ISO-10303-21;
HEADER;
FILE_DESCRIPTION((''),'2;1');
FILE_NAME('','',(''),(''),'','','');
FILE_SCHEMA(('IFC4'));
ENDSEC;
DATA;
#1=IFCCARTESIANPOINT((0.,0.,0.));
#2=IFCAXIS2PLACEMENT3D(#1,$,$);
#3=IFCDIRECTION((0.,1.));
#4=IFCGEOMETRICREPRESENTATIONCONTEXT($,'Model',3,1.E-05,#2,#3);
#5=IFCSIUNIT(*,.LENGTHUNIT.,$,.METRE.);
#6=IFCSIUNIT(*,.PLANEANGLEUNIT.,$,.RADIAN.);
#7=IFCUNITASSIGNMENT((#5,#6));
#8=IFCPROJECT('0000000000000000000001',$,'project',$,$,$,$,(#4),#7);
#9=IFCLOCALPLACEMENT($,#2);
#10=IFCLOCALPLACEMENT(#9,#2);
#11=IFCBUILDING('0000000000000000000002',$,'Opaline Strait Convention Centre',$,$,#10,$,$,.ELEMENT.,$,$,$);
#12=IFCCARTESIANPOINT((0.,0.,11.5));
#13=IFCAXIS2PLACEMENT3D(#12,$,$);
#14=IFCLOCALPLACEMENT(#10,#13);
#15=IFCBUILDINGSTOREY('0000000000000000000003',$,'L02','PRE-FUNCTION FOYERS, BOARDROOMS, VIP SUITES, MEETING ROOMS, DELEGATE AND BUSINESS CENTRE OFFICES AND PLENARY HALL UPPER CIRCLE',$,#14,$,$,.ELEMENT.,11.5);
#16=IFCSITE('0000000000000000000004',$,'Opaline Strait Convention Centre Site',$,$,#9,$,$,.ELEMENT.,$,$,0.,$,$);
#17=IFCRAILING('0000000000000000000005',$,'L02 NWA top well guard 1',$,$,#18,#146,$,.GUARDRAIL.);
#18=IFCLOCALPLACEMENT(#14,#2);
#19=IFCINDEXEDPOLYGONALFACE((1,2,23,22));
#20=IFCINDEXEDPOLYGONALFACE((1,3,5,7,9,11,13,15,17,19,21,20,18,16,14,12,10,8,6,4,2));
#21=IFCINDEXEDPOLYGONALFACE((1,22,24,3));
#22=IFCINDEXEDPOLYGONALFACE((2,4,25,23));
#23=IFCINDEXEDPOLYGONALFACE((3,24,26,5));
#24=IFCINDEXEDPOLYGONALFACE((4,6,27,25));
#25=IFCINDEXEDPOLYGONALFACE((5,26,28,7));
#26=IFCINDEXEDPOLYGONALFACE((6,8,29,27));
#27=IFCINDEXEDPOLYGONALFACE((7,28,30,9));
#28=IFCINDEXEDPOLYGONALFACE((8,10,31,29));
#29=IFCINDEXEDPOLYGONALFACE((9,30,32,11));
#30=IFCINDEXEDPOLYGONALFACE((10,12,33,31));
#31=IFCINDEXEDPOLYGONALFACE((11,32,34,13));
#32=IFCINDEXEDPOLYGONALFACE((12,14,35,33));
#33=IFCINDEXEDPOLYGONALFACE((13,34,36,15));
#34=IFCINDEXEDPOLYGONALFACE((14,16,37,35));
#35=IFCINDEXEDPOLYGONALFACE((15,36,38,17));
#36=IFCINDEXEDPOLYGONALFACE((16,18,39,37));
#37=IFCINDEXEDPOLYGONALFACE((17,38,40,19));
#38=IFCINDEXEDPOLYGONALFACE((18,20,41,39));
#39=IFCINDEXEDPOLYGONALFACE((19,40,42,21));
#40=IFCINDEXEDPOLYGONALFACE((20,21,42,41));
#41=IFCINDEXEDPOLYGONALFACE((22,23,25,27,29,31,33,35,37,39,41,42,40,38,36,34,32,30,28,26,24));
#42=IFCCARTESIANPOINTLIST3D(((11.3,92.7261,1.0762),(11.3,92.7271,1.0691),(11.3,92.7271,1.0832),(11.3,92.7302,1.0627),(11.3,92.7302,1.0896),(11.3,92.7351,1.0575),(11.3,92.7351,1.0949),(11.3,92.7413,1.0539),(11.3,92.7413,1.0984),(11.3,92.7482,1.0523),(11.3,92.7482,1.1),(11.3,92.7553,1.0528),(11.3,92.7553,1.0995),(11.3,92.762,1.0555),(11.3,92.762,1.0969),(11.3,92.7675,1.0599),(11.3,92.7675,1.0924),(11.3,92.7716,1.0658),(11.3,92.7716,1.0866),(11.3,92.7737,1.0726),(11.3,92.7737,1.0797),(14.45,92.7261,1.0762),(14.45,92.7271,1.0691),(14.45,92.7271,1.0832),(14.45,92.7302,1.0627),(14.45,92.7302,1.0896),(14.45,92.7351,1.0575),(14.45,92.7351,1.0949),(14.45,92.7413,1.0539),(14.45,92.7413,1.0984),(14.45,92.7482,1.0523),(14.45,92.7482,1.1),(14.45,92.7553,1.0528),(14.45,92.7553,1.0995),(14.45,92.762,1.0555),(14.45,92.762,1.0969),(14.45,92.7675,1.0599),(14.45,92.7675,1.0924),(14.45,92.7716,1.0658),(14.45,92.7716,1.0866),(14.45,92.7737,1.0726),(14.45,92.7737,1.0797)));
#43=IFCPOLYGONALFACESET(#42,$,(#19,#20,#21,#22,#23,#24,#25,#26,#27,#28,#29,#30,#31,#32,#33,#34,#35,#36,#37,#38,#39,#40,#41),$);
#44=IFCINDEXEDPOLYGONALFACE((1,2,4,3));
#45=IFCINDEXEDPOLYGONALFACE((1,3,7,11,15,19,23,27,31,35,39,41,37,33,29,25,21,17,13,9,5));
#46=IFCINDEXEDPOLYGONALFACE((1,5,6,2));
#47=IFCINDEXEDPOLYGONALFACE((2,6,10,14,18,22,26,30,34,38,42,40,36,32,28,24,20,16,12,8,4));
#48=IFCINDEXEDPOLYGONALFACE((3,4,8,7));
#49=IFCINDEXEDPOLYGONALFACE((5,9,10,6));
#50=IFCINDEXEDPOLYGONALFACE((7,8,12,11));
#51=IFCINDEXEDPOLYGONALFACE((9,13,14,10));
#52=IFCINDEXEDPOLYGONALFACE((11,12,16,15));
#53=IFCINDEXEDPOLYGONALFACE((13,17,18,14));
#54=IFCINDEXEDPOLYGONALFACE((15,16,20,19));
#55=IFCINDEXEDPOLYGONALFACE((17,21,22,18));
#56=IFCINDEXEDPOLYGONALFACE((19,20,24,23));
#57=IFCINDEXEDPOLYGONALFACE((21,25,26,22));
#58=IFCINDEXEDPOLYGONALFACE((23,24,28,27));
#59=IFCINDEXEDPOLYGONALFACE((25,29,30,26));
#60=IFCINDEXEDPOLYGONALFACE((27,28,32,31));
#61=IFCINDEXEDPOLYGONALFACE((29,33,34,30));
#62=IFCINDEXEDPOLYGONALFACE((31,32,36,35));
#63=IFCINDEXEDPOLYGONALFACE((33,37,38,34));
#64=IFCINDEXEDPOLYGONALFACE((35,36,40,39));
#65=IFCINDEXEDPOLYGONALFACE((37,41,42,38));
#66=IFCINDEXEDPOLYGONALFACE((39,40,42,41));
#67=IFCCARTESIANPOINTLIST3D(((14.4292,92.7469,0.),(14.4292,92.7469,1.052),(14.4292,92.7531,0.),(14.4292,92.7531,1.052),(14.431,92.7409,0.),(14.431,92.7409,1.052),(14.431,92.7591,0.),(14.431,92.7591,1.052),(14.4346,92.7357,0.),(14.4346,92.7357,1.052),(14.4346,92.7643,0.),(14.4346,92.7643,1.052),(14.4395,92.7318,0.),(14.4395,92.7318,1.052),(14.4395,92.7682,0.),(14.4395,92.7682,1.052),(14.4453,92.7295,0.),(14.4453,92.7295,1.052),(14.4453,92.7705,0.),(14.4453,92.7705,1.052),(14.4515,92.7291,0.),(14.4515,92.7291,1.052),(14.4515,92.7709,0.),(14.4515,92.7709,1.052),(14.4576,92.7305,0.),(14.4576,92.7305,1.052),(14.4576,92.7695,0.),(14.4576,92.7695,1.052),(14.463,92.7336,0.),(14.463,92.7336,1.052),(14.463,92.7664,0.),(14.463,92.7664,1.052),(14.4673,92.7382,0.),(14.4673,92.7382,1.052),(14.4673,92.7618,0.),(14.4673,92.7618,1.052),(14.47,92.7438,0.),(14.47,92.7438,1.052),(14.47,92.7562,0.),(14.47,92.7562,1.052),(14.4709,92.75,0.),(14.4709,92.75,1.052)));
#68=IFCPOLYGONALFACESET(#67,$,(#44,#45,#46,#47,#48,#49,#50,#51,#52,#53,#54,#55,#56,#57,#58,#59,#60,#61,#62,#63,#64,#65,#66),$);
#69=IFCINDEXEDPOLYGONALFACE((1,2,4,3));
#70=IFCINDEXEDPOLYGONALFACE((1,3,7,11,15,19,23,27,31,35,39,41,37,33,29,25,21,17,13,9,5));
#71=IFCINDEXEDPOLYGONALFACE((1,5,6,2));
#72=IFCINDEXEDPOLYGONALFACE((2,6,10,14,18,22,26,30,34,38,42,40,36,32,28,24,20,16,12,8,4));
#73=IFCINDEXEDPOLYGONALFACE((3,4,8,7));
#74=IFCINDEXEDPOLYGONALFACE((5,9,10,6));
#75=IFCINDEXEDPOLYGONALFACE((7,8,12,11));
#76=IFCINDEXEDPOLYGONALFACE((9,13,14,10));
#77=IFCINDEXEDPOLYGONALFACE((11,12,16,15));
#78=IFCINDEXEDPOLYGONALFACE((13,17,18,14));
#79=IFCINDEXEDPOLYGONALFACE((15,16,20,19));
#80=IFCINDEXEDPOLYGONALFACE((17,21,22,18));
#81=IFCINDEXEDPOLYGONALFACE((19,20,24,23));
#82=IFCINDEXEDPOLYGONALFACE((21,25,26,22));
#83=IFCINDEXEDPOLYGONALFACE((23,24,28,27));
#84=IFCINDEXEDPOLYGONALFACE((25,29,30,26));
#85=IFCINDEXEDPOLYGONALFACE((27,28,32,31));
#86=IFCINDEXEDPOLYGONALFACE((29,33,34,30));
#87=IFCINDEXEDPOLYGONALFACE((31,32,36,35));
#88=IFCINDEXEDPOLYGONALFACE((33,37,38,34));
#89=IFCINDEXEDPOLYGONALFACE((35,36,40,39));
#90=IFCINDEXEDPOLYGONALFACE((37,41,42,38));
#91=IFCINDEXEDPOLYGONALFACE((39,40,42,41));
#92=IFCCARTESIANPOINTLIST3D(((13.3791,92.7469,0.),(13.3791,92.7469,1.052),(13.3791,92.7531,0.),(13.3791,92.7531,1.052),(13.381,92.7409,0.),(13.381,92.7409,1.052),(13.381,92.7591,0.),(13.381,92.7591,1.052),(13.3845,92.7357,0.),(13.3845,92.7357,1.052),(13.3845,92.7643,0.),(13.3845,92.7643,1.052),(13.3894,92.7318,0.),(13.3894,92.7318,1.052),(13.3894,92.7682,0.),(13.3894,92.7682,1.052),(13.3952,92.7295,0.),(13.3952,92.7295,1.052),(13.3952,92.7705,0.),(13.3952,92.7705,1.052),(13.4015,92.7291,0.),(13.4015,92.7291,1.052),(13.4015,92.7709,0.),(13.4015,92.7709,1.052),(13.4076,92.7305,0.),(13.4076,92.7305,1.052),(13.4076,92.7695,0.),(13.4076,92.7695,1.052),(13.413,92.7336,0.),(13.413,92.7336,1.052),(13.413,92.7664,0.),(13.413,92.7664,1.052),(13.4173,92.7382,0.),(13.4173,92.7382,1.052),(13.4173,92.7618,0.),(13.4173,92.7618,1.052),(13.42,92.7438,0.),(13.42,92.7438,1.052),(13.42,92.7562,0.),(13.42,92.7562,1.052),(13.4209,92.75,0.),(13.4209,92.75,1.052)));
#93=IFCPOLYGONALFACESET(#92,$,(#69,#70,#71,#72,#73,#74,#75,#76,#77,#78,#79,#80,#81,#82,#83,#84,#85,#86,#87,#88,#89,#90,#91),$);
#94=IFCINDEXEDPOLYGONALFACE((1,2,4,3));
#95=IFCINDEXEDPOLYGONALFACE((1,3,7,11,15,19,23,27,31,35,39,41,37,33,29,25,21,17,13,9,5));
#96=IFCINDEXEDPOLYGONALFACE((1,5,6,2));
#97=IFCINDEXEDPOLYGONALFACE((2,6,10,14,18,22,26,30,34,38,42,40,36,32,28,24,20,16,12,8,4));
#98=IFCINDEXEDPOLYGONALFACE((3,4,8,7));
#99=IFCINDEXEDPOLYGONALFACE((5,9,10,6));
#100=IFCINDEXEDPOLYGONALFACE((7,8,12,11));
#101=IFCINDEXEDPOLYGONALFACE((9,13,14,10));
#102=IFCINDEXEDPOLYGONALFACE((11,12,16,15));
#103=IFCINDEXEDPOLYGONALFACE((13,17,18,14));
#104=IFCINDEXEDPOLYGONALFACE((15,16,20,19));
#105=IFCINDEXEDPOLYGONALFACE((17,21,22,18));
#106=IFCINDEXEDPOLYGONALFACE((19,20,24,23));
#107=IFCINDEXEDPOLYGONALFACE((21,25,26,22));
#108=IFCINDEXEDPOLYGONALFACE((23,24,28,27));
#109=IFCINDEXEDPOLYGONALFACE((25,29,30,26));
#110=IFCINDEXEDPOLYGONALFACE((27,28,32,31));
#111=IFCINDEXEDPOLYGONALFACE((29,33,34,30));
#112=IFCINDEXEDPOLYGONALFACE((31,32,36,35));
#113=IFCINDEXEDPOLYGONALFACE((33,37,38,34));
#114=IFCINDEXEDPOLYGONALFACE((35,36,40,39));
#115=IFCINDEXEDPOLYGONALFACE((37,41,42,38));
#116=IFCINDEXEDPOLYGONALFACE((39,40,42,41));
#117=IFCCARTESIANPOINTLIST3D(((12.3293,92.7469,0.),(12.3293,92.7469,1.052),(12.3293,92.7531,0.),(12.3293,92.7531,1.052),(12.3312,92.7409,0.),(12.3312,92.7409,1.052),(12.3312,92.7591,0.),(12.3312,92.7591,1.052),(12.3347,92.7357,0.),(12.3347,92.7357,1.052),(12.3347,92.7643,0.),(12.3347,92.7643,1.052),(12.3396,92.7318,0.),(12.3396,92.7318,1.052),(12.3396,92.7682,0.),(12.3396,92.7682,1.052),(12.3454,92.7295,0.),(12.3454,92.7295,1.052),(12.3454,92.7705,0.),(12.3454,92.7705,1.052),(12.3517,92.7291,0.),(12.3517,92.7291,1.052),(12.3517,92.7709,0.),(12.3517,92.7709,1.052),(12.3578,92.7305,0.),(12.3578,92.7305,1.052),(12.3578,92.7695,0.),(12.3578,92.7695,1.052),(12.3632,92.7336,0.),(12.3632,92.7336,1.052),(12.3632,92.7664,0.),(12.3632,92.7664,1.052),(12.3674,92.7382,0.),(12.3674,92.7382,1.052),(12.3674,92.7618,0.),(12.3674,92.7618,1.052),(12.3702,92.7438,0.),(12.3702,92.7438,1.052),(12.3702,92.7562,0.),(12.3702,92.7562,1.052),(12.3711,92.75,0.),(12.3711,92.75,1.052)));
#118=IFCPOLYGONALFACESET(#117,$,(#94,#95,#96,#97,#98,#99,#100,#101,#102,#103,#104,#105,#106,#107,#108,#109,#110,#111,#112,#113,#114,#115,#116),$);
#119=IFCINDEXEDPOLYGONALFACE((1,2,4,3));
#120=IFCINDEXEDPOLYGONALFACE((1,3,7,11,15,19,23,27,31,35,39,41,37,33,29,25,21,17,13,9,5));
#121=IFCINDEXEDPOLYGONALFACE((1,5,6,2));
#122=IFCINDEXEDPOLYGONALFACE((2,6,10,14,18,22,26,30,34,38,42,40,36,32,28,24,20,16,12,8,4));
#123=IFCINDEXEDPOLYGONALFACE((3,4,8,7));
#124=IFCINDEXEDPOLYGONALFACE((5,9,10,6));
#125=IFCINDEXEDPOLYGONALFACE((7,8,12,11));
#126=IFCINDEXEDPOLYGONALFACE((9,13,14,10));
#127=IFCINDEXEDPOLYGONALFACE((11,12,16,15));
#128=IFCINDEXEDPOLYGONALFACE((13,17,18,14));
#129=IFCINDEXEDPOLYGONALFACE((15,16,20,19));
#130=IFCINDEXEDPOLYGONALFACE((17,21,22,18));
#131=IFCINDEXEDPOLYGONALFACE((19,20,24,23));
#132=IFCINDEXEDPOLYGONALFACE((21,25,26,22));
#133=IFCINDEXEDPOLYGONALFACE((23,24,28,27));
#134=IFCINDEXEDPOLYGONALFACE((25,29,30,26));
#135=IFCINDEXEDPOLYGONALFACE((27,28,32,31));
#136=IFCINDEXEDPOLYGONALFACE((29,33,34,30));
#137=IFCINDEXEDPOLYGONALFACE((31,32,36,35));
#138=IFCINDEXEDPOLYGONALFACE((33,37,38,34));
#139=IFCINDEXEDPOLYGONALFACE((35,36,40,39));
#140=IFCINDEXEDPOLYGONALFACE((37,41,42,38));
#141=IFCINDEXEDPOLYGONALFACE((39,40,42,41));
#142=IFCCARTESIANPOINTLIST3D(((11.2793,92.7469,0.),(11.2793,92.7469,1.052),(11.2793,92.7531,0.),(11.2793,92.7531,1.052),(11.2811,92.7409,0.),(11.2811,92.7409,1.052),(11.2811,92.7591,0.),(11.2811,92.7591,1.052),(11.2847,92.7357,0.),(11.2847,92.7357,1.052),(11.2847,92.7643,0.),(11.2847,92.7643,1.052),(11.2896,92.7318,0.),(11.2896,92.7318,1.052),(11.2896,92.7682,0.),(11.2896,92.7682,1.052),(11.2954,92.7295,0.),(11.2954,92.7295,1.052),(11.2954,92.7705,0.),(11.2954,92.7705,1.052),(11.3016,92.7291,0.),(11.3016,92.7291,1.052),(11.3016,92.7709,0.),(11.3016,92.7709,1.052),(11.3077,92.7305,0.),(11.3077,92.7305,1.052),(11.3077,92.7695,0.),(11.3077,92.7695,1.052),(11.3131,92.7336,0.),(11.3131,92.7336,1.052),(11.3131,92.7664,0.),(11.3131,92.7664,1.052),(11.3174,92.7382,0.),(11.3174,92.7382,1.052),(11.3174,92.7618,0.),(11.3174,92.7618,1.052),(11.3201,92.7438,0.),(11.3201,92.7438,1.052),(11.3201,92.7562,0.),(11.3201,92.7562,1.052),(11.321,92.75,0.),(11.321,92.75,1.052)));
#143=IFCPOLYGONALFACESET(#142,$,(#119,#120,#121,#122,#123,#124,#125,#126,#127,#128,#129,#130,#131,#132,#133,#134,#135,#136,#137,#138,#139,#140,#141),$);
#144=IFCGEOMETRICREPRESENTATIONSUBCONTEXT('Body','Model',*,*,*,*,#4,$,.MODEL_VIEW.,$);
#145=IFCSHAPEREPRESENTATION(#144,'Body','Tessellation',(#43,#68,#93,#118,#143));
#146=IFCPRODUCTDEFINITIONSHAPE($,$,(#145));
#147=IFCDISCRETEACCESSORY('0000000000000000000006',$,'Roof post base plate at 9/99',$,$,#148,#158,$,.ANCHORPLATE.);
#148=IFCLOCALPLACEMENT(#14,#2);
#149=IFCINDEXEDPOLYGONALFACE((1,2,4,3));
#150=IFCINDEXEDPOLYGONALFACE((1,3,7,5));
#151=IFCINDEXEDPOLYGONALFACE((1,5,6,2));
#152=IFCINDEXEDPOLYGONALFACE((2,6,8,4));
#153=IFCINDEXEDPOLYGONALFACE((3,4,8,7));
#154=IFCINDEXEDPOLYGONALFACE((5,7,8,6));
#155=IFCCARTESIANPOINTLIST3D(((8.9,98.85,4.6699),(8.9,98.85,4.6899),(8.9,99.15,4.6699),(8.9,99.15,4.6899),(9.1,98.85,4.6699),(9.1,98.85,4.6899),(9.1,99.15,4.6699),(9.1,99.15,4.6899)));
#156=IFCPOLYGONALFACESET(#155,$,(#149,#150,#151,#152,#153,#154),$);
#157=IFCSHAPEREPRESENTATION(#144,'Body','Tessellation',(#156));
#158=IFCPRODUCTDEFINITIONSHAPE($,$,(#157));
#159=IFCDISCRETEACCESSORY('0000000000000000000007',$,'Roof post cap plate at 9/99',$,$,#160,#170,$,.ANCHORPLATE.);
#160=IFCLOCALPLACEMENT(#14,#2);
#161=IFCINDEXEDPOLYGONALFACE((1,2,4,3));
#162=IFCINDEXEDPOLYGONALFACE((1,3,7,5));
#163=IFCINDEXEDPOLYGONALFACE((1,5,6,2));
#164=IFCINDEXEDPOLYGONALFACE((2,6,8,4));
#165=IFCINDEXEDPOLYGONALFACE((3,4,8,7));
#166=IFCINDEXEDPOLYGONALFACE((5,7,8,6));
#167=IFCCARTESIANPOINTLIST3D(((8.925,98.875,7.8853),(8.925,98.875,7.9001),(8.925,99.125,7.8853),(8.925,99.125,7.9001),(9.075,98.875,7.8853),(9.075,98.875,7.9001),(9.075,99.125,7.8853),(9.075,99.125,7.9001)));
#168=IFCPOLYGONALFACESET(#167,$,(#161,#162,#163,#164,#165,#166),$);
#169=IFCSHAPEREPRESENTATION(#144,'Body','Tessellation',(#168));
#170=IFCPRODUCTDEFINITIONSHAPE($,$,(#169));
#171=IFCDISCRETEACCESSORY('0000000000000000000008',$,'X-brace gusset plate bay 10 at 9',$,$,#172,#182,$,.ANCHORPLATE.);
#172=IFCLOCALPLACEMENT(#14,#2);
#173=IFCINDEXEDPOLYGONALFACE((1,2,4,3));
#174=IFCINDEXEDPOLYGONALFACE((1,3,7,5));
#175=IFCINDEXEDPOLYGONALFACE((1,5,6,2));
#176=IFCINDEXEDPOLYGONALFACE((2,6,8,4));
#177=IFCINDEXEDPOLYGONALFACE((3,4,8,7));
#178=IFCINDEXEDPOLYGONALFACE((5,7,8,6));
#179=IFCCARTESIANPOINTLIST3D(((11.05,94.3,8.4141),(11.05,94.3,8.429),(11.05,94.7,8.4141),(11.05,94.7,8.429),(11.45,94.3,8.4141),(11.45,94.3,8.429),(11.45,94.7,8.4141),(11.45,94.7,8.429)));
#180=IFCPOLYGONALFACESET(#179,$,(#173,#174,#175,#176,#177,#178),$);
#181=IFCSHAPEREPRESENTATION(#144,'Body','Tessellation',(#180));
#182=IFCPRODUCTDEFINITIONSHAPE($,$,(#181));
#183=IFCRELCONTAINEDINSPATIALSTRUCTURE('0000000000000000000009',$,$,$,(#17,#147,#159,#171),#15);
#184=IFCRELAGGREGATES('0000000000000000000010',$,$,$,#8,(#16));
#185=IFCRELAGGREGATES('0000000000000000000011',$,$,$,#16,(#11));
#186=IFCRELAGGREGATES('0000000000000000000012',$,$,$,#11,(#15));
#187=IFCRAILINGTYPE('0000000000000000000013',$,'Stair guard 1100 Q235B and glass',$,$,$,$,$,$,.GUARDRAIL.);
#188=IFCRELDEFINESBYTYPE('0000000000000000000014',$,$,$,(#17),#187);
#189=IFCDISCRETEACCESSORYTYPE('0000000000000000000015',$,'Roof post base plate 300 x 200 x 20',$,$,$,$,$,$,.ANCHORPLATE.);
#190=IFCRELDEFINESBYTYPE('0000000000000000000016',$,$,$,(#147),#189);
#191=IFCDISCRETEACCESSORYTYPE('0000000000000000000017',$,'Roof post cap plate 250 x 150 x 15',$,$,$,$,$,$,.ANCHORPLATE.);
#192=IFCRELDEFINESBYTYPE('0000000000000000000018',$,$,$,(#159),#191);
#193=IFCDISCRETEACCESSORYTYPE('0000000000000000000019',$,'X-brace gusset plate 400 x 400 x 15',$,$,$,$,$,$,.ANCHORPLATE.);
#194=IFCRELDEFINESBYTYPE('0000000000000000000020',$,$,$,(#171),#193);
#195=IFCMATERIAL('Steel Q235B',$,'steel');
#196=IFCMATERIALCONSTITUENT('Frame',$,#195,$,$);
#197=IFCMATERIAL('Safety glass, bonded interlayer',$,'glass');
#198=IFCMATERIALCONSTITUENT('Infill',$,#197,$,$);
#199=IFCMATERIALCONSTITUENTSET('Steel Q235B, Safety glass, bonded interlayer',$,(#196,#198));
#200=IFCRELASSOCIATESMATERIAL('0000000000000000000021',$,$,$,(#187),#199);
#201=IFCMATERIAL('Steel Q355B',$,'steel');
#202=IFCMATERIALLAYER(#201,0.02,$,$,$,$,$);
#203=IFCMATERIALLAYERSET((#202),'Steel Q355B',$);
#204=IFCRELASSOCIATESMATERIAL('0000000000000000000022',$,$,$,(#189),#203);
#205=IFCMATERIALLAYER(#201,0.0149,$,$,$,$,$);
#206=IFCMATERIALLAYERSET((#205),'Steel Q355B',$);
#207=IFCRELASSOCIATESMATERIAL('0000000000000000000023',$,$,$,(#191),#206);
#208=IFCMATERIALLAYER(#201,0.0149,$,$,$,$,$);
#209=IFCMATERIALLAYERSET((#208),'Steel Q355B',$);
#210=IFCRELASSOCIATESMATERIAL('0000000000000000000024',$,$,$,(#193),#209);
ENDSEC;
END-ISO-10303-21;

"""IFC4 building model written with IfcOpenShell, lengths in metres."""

from ifc_helpers import new_model, si_unit, direction, frame, origin, origin_2d, place, context, subcontext, project, spatial, rectangle, circle, extrude, material, layer, layer_set, constituent, constituent_set, type_object, element, save


model = new_model("IFC4")

# Units and contexts
model_context = context("Model", 3, precision=1e-05, world=origin(), true_north=direction((0.0, 1.0)))
body_context = subcontext(model_context, "Body", "Model", "MODEL_VIEW")
ifc_project = project(units=[si_unit("LENGTHUNIT", "METRE"), si_unit("PLANEANGLEUNIT", "RADIAN")], contexts=[model_context])

# Site, building, storey
site_placement = place(None, origin())
site = spatial("IfcSite", under=ifc_project, at=site_placement, Name="Opaline Strait Convention Centre Site", CompositionType="ELEMENT", RefElevation=0.0)
building_placement = place(site_placement, origin())
building = spatial("IfcBuilding", under=site, at=building_placement, Name="Opaline Strait Convention Centre", CompositionType="ELEMENT")
storey_placement = place(building_placement, frame((0.0, 0.0, 11.5)))
storey = spatial("IfcBuildingStorey", under=building, at=storey_placement, Name="L02", Description="PRE-FUNCTION FOYERS, BOARDROOMS, VIP SUITES, MEETING ROOMS, DELEGATE AND BUSINESS CENTRE OFFICES AND PLENARY HALL UPPER CIRCLE", CompositionType="ELEMENT", Elevation=11.5)

# Shared definitions
ifc_material_1 = material(Name="Steel Q355B", Category="steel")

# Railing
ifc_material_2 = material(Name="Steel Q235B", Category="steel")
ifc_constituent_1 = constituent(ifc_material_2, Name="Frame")
ifc_material_3 = material(Name="Safety glass, bonded interlayer", Category="glass")
ifc_constituent_2 = constituent(ifc_material_3, Name="Infill")
ifc_constituent_set = constituent_set(constituents=[ifc_constituent_1, ifc_constituent_2], Name="Steel Q235B, Safety glass, bonded interlayer")
railing_type = type_object("IfcRailingType", Name="Stair guard 1100 Q235B and glass", PredefinedType="GUARDRAIL", material=ifc_constituent_set)
railing_placement = place(storey_placement, frame((14.45, 92.75, 0.0)))
element("IfcRailing", 1, at=railing_placement, inside=storey, type_object=railing_type, Name="L02 NWA top well guard 1", PredefinedType="GUARDRAIL", context=body_context, shape_type="SweptSolid", body=[
    extrude(circle(Radius=0.0239, at=origin_2d()), frame((0.0, 0.0, 1.0762), z_axis=(-1.0, 0.0, 0.0), x_axis=(0.0, -1.0, 0.0)), (0.0, 0.0, 1.0), 3.1499),
    extrude(circle(Radius=0.021, at=origin_2d()), origin(), (0.0, 0.0, 1.0), 1.052),
    extrude(circle(Radius=0.021, at=origin_2d()), frame((-1.05, 0.0, 0.0)), (0.0, 0.0, 1.0), 1.052),
    extrude(circle(Radius=0.021, at=origin_2d()), frame((-2.0999, 0.0, 0.0)), (0.0, 0.0, 1.0), 1.052),
    extrude(circle(Radius=0.021, at=origin_2d()), frame((-3.1499, 0.0, 0.0)), (0.0, 0.0, 1.0), 1.052),
])

# Discrete accessories
ifc_layer_1 = layer(ifc_material_1, 0.02)
ifc_layer_set_1 = layer_set([ifc_layer_1], Name="Steel Q355B")
discrete_accessory_type_1 = type_object("IfcDiscreteAccessoryType", Name="Roof post base plate 300 x 200 x 20", PredefinedType="ANCHORPLATE", material=ifc_layer_set_1)
discrete_accessory_1_placement = place(storey_placement, frame((9.0, 99.0, 4.6699), z_axis=(0.0, 0.0, 1.0), x_axis=(1.0, 0.0, 0.0)))
element("IfcDiscreteAccessory", 2, at=discrete_accessory_1_placement, inside=storey, type_object=discrete_accessory_type_1, Name="Roof post base plate at 9/99", PredefinedType="ANCHORPLATE", context=body_context, shape_type="SweptSolid", body=[
    extrude(rectangle(XDim=0.2, YDim=0.3, at=origin_2d()), origin(), (0.0, 0.0, 1.0), 0.02),
])
ifc_layer_2 = layer(ifc_material_1, 0.0149)
ifc_layer_set_2 = layer_set([ifc_layer_2], Name="Steel Q355B")
discrete_accessory_type_2 = type_object("IfcDiscreteAccessoryType", Name="Roof post cap plate 250 x 150 x 15", PredefinedType="ANCHORPLATE", material=ifc_layer_set_2)
discrete_accessory_2_placement = place(storey_placement, frame((9.0, 99.0, 7.8853), z_axis=(0.0, 0.0, 1.0), x_axis=(1.0, 0.0, 0.0)))
element("IfcDiscreteAccessory", 3, at=discrete_accessory_2_placement, inside=storey, type_object=discrete_accessory_type_2, Name="Roof post cap plate at 9/99", PredefinedType="ANCHORPLATE", context=body_context, shape_type="SweptSolid", body=[
    extrude(rectangle(XDim=0.1499, YDim=0.25, at=origin_2d()), origin(), (0.0, 0.0, 1.0), 0.0149),
])
ifc_layer_3 = layer(ifc_material_1, 0.0149)
ifc_layer_set_3 = layer_set([ifc_layer_3], Name="Steel Q355B")
discrete_accessory_type_3 = type_object("IfcDiscreteAccessoryType", Name="X-brace gusset plate 400 x 400 x 15", PredefinedType="ANCHORPLATE", material=ifc_layer_set_3)
discrete_accessory_3_placement = place(storey_placement, frame((11.25, 94.5, 8.4141), z_axis=(0.0, 0.0, 1.0), x_axis=(1.0, 0.0, 0.0)))
element("IfcDiscreteAccessory", 4, at=discrete_accessory_3_placement, inside=storey, type_object=discrete_accessory_type_3, Name="X-brace gusset plate bay 10 at 9", PredefinedType="ANCHORPLATE", context=body_context, shape_type="SweptSolid", body=[
    extrude(rectangle(XDim=0.3999, YDim=0.3999, at=origin_2d()), origin(), (0.0, 0.0, 1.0), 0.0149),
])

save(model, "model.ifc")
